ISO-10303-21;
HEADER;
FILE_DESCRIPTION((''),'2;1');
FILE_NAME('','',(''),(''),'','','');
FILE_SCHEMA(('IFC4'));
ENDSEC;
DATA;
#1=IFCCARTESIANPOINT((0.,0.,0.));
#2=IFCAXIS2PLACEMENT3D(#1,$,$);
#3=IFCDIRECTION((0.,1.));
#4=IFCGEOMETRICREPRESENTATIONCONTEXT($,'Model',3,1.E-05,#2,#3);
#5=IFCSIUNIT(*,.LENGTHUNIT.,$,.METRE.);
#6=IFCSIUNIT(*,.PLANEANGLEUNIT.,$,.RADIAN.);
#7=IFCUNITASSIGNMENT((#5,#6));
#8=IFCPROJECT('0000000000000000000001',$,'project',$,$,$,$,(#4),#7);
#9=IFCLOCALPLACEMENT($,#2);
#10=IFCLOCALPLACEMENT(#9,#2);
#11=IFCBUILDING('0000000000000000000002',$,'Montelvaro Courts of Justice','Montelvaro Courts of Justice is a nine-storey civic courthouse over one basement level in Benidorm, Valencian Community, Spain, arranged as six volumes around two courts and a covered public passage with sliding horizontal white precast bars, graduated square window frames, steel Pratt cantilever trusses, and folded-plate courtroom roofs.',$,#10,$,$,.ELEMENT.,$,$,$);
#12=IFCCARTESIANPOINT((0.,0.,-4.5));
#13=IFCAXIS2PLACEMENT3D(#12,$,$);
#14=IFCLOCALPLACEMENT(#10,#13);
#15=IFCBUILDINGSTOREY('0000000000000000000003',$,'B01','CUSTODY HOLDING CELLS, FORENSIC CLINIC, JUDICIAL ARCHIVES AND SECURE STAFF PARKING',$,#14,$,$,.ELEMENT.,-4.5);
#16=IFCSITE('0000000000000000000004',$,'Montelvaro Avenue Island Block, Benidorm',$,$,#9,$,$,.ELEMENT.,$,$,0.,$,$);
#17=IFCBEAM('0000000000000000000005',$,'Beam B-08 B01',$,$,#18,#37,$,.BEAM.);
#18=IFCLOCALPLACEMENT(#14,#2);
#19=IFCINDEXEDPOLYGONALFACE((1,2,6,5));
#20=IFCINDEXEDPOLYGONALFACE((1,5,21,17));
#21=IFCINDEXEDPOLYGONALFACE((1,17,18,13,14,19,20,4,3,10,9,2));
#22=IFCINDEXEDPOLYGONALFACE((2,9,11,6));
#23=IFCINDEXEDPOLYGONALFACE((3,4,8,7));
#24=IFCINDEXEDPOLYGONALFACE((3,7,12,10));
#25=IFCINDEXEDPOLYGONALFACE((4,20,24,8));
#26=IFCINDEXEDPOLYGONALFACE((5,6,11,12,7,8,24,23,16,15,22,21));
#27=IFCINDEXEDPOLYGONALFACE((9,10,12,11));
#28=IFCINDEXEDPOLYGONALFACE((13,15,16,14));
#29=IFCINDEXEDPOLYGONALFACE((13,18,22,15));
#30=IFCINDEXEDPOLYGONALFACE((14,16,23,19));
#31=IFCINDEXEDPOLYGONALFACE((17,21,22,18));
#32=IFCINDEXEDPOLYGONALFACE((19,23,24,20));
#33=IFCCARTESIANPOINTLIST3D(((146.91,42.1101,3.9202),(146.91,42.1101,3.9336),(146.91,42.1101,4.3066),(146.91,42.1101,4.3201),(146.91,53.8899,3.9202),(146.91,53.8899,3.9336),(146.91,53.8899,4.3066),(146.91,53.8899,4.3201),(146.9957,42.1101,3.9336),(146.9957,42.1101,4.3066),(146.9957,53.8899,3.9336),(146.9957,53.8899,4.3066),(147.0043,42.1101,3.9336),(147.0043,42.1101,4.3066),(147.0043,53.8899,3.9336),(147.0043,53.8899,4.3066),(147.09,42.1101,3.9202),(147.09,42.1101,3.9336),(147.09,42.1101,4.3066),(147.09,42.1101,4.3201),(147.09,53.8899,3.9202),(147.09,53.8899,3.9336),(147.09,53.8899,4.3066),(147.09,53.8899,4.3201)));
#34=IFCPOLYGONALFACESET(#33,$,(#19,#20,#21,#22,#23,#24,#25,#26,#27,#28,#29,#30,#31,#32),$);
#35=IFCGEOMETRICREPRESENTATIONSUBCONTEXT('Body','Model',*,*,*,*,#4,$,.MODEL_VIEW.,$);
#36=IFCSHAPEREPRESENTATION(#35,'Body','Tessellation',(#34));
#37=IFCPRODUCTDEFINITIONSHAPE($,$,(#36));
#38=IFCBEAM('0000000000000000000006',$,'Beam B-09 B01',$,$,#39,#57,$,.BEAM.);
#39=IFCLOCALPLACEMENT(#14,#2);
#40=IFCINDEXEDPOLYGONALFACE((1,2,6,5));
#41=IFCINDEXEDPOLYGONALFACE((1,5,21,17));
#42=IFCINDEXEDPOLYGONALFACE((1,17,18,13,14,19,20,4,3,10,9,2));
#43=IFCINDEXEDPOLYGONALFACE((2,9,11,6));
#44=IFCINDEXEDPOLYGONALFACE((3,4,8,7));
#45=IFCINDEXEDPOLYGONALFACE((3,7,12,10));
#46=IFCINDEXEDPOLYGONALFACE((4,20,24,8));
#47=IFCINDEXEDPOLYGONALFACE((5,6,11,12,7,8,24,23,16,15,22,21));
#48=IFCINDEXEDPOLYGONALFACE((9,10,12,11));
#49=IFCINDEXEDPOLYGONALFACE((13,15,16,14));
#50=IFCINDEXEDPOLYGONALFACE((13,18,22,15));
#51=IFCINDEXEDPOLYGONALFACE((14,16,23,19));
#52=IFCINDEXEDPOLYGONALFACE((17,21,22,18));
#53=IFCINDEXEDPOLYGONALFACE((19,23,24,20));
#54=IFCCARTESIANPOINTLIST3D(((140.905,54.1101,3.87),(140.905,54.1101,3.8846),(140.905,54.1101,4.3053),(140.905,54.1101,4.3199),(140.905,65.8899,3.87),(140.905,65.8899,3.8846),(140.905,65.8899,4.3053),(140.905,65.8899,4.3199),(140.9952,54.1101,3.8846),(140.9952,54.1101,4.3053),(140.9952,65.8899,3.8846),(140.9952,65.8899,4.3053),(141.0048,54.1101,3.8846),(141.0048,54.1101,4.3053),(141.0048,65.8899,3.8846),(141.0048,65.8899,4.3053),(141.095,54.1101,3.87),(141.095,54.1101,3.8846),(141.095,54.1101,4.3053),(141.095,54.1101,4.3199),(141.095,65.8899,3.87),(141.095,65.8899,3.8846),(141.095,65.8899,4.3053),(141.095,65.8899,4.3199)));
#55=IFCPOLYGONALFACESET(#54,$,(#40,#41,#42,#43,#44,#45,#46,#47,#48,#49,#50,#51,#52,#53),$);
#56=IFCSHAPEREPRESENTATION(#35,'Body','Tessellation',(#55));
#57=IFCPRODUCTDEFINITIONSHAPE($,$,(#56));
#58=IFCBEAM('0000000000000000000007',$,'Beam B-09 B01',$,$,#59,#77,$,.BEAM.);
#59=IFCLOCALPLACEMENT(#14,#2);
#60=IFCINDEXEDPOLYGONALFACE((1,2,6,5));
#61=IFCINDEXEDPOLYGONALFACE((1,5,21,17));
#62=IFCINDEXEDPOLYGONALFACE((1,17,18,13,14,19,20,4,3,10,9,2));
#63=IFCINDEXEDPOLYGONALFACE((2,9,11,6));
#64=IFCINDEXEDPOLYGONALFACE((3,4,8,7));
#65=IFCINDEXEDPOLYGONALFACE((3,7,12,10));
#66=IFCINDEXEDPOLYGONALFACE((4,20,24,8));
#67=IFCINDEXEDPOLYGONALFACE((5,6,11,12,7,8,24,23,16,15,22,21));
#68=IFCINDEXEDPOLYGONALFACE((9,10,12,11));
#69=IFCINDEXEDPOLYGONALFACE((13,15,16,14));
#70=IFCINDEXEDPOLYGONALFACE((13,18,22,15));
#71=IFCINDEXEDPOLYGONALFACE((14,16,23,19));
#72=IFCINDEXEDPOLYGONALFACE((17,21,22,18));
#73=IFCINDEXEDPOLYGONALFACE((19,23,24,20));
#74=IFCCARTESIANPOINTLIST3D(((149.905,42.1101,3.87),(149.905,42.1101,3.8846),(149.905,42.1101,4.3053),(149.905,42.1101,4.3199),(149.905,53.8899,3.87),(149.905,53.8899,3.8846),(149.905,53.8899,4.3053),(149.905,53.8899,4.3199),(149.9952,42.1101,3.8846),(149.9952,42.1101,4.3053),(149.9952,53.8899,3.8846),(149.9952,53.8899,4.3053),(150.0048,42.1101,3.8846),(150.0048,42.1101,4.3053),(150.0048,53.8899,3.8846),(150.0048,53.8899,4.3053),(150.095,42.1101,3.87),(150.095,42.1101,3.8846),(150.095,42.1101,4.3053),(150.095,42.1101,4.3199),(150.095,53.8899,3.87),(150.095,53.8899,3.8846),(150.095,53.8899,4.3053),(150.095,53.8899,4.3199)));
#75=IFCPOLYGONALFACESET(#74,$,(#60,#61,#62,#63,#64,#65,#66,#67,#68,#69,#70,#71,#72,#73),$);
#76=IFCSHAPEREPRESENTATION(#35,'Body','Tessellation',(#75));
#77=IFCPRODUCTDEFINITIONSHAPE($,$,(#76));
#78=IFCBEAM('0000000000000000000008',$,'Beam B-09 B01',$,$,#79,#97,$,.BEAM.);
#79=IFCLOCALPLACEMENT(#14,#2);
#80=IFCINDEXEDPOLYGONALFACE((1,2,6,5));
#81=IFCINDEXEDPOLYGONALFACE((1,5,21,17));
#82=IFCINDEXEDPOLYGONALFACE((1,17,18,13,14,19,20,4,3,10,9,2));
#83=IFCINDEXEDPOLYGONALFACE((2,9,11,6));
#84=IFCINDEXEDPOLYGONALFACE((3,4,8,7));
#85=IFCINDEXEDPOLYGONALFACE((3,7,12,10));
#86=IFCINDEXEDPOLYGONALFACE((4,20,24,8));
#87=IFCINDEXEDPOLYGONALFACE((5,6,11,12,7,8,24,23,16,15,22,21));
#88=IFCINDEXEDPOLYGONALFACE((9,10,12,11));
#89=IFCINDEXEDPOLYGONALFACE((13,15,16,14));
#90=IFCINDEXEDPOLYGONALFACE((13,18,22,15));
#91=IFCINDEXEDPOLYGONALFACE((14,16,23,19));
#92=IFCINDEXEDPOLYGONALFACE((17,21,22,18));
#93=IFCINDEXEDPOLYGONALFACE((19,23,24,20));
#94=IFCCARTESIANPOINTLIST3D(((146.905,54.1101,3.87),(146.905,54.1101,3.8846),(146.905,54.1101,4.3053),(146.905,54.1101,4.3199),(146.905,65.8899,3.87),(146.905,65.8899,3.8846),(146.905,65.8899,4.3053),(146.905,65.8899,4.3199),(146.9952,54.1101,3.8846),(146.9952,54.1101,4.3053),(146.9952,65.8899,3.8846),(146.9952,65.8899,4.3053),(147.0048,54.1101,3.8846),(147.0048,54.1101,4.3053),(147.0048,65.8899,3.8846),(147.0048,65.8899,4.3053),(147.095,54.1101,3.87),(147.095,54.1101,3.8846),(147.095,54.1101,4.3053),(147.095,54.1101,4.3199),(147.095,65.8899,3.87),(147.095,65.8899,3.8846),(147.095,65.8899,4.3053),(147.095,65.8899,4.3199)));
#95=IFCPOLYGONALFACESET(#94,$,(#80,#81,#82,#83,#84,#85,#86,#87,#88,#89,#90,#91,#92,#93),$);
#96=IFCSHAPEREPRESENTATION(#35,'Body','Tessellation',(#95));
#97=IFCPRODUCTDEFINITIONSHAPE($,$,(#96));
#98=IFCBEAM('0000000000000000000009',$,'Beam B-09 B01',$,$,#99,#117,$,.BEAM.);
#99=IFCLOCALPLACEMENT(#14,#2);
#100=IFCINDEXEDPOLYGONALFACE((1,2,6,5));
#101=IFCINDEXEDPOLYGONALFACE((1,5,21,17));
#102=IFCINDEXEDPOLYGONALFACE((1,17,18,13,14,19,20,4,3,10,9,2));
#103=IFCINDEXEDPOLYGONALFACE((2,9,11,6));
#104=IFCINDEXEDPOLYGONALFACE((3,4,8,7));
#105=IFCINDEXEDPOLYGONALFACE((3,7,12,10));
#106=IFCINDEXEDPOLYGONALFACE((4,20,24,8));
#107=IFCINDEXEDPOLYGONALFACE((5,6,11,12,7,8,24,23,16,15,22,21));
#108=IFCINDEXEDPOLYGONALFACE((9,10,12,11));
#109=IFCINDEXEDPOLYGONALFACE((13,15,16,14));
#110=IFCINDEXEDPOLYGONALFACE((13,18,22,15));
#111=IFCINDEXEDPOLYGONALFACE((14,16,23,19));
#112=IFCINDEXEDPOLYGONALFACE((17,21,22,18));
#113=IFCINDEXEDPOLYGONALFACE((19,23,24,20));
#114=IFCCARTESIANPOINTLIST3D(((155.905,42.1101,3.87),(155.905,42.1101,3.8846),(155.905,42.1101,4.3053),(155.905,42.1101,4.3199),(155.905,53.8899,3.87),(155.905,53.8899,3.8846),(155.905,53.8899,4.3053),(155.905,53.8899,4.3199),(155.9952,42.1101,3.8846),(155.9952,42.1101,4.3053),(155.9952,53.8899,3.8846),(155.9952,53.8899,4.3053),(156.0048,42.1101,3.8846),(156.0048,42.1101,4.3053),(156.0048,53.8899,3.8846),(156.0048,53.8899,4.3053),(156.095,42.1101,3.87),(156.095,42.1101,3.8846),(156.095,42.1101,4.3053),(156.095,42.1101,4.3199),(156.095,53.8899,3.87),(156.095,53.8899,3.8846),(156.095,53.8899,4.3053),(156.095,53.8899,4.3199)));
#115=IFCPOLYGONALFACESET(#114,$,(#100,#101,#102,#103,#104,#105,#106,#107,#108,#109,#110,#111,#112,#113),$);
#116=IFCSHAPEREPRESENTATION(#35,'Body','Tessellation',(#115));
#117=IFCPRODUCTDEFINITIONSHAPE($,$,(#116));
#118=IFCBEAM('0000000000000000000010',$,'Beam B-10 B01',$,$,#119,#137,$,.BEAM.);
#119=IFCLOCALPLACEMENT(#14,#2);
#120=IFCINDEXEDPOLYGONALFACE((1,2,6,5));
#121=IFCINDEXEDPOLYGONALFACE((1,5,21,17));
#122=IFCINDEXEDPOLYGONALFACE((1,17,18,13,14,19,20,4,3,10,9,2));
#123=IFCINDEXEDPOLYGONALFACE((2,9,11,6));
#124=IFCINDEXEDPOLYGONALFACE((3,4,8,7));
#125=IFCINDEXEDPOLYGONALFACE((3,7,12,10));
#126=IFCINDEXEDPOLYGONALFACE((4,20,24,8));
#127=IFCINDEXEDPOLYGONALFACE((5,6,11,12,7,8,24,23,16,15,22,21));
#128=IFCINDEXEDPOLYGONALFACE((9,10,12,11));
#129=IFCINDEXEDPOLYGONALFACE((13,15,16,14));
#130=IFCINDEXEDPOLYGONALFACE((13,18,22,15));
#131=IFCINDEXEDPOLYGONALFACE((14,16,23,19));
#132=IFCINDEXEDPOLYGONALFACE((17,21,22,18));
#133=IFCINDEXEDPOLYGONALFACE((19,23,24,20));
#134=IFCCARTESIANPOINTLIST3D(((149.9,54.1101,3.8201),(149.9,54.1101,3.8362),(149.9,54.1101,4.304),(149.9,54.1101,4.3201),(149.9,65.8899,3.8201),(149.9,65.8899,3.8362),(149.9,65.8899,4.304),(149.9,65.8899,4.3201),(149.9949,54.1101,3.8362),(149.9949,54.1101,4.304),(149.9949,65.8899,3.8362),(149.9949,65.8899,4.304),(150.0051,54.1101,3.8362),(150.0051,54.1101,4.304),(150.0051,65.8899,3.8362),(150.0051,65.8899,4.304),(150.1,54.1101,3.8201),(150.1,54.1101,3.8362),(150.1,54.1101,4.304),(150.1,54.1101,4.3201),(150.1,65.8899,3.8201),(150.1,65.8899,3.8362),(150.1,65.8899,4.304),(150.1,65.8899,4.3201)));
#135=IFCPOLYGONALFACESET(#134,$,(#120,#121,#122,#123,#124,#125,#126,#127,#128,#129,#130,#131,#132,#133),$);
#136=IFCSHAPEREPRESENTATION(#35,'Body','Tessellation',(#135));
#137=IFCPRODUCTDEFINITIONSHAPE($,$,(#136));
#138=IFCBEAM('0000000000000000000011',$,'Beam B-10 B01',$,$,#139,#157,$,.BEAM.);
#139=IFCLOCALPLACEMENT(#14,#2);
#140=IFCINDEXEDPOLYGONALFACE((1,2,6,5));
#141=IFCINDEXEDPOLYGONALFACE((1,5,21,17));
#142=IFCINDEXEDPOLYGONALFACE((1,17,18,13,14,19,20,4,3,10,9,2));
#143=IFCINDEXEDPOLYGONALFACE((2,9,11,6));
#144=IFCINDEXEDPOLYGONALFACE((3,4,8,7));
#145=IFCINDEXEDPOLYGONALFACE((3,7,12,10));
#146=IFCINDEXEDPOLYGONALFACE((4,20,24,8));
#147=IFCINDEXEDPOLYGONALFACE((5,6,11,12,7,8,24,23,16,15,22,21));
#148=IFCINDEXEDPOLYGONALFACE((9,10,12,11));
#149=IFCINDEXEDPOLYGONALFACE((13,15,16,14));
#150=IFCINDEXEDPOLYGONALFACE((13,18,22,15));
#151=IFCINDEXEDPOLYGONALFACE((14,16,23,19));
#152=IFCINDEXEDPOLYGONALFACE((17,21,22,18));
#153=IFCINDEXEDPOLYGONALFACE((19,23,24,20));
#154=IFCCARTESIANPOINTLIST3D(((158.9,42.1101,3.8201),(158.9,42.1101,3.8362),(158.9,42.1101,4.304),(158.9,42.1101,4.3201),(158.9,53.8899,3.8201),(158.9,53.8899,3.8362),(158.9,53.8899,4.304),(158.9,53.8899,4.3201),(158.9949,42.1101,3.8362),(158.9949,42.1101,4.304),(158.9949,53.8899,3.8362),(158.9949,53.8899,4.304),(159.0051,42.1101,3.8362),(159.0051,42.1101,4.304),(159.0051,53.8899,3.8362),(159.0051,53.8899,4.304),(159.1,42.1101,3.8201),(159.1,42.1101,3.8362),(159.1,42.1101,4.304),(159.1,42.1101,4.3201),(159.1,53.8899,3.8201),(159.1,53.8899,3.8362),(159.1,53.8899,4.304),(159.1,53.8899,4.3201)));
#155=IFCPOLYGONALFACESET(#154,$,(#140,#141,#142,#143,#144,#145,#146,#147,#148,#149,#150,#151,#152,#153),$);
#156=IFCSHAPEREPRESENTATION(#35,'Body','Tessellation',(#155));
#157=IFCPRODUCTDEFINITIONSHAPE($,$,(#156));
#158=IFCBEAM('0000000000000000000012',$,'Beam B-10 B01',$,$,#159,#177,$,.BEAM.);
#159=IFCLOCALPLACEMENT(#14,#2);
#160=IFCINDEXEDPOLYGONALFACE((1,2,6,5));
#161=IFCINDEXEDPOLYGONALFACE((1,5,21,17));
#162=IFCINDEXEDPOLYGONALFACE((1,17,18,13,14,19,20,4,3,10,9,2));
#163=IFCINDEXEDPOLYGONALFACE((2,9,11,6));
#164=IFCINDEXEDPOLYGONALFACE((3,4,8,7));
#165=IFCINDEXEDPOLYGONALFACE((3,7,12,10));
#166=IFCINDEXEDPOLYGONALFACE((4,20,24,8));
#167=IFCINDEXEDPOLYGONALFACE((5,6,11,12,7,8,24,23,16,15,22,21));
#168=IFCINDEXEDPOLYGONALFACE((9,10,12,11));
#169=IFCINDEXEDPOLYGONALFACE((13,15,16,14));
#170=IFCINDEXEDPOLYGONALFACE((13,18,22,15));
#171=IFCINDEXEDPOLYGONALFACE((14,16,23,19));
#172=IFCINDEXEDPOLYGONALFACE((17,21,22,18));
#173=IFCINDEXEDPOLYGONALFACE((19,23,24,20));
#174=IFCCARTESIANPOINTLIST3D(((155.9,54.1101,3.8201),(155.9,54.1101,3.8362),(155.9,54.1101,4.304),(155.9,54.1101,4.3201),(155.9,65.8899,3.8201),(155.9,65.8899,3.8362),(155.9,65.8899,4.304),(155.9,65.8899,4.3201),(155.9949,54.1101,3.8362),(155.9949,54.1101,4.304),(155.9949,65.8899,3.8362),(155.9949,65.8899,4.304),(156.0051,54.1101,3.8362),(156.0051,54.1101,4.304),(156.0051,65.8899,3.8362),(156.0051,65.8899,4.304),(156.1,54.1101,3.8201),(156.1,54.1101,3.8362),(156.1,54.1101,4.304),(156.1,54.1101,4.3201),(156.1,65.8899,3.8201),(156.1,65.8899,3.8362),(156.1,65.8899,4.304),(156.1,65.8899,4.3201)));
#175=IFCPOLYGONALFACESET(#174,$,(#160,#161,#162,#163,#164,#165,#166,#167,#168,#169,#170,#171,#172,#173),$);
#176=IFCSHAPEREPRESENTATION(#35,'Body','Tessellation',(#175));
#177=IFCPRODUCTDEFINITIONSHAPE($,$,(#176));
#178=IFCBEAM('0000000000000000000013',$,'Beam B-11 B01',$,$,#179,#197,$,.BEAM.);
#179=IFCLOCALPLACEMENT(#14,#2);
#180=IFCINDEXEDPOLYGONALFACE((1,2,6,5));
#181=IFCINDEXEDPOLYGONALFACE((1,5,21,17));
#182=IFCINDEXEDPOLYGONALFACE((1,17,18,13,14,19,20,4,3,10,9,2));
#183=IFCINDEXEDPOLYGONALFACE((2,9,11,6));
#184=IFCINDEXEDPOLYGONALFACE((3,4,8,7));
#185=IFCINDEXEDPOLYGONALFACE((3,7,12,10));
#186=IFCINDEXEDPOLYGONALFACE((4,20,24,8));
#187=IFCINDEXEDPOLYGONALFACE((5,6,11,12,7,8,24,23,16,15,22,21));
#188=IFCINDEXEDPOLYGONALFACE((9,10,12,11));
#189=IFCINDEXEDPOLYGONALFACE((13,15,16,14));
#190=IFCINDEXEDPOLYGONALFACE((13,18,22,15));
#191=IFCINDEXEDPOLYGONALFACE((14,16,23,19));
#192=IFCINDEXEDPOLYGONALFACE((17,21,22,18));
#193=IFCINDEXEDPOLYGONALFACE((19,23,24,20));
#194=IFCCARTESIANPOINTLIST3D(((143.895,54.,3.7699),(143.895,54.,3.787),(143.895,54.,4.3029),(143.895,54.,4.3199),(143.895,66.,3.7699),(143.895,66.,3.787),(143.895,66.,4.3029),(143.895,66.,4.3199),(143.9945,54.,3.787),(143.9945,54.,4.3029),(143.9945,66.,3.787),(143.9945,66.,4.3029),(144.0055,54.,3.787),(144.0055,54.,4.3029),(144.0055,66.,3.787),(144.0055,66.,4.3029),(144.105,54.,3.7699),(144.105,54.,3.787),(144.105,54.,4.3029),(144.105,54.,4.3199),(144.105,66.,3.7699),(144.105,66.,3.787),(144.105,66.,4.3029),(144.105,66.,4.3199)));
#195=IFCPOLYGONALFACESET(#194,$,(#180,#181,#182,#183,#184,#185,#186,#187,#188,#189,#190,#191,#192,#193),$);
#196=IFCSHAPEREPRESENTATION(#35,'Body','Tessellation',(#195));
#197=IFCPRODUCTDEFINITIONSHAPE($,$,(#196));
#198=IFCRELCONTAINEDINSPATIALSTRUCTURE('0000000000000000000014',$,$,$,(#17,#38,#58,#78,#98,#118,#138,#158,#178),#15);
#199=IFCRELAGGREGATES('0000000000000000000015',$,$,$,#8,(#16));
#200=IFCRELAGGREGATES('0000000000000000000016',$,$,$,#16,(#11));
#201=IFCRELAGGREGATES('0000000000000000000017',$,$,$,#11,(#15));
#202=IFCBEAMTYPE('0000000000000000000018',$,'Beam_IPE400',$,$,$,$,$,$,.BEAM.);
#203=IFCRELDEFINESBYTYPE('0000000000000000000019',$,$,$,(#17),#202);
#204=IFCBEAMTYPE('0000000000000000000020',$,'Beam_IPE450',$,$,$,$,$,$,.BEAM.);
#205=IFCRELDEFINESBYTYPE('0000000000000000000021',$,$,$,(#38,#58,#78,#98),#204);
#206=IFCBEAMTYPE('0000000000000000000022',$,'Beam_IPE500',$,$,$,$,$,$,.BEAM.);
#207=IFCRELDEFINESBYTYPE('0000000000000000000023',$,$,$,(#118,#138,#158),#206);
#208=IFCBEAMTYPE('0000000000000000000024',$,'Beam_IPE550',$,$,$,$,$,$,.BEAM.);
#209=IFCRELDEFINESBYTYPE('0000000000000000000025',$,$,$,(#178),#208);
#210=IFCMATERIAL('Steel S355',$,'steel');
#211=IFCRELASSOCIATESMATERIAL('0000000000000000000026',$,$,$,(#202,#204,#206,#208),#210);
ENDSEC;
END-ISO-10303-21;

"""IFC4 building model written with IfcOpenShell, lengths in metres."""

from ifc_helpers import new_model, si_unit, direction, frame, origin, origin_2d, place, context, subcontext, project, spatial, i_section, extrude, material, material_profile, profile_set, type_object, element, save


model = new_model("IFC4")

# Units and contexts
model_context = context("Model", 3, precision=1e-05, world=origin(), true_north=direction((0.0, 1.0)))
body_context = subcontext(model_context, "Body", "Model", "MODEL_VIEW")
ifc_project = project(units=[si_unit("LENGTHUNIT", "METRE"), si_unit("PLANEANGLEUNIT", "RADIAN")], contexts=[model_context])

# Site, building, storey
site_placement = place(None, origin())
site = spatial("IfcSite", under=ifc_project, at=site_placement, Name="Montelvaro Avenue Island Block, Benidorm", CompositionType="ELEMENT", RefElevation=0.0)
building_placement = place(site_placement, origin())
building = spatial("IfcBuilding", under=site, at=building_placement, Name="Montelvaro Courts of Justice", Description="Montelvaro Courts of Justice is a nine-storey civic courthouse over one basement level in Benidorm, Valencian Community, Spain, arranged as six volumes around two courts and a covered public passage with sliding horizontal white precast bars, graduated square window frames, steel Pratt cantilever trusses, and folded-plate courtroom roofs.", CompositionType="ELEMENT")
storey_placement = place(building_placement, frame((0.0, 0.0, -4.5)))
storey = spatial("IfcBuildingStorey", under=building, at=storey_placement, Name="B01", Description="CUSTODY HOLDING CELLS, FORENSIC CLINIC, JUDICIAL ARCHIVES AND SECURE STAFF PARKING", CompositionType="ELEMENT", Elevation=-4.5)

# Beams
ifc_material_1 = material(Name="Steel S355", Category="steel")
ifc_material_profile_1 = material_profile(ifc_material_1, i_section(OverallWidth=0.1799, OverallDepth=0.3999, WebThickness=0.0085, FlangeThickness=0.0134, at=origin_2d()), Name="IPE 400")
ifc_profile_set_1 = profile_set([ifc_material_profile_1], Name="Steel S355")
beam_type_1 = type_object("IfcBeamType", Name="Beam_IPE400", PredefinedType="BEAM", material=ifc_profile_set_1)
for number, where, z_axis, x_axis, name in (
    (1, (147.0, 42.1101, 4.1201), (0.0, 1.0, 0.0), (-1.0, 0.0, 0.0), "Beam B-08 B01"),
):
    element("IfcBeam", number, at=place(storey_placement, frame(where, z_axis=z_axis, x_axis=x_axis)), inside=storey, type_object=beam_type_1, Name=name, PredefinedType="BEAM", context=body_context, shape_type="SweptSolid", body=[
        extrude(i_section(OverallWidth=0.1799, OverallDepth=0.3999, WebThickness=0.0085, FlangeThickness=0.0134, at=origin_2d()), origin(), (0.0, 0.0, 1.0), 11.7798),
    ])
ifc_material_profile_2 = material_profile(ifc_material_1, i_section(OverallWidth=0.1899, OverallDepth=0.45, WebThickness=0.0095, FlangeThickness=0.0146, at=origin_2d()), Name="IPE 450")
ifc_profile_set_2 = profile_set([ifc_material_profile_2], Name="Steel S355")
beam_type_2 = type_object("IfcBeamType", Name="Beam_IPE450", PredefinedType="BEAM", material=ifc_profile_set_2)
for number, where, z_axis, x_axis, name in (
    (2, (141.0, 54.1101, 4.095), (0.0, 1.0, 0.0), (-1.0, 0.0, 0.0), "Beam B-09 B01"),
    (3, (150.0, 42.1101, 4.095), (0.0, 1.0, 0.0), (-1.0, 0.0, 0.0), "Beam B-09 B01"),
    (4, (147.0, 54.1101, 4.095), (0.0, 1.0, 0.0), (-1.0, 0.0, 0.0), "Beam B-09 B01"),
    (5, (156.0, 42.1101, 4.095), (0.0, 1.0, 0.0), (-1.0, 0.0, 0.0), "Beam B-09 B01"),
):
    element("IfcBeam", number, at=place(storey_placement, frame(where, z_axis=z_axis, x_axis=x_axis)), inside=storey, type_object=beam_type_2, Name=name, PredefinedType="BEAM", context=body_context, shape_type="SweptSolid", body=[
        extrude(i_section(OverallWidth=0.1899, OverallDepth=0.45, WebThickness=0.0095, FlangeThickness=0.0146, at=origin_2d()), origin(), (0.0, 0.0, 1.0), 11.7798),
    ])
ifc_material_profile_3 = material_profile(ifc_material_1, i_section(OverallWidth=0.2, OverallDepth=0.5, WebThickness=0.0103, FlangeThickness=0.0161, at=origin_2d()), Name="IPE 500")
ifc_profile_set_3 = profile_set([ifc_material_profile_3], Name="Steel S355")
beam_type_3 = type_object("IfcBeamType", Name="Beam_IPE500", PredefinedType="BEAM", material=ifc_profile_set_3)
for number, where, z_axis, x_axis, name in (
    (6, (150.0, 54.1101, 4.0701), (0.0, 1.0, 0.0), (-1.0, 0.0, 0.0), "Beam B-10 B01"),
    (7, (159.0, 42.1101, 4.0701), (0.0, 1.0, 0.0), (-1.0, 0.0, 0.0), "Beam B-10 B01"),
    (8, (156.0, 54.1101, 4.0701), (0.0, 1.0, 0.0), (-1.0, 0.0, 0.0), "Beam B-10 B01"),
):
    element("IfcBeam", number, at=place(storey_placement, frame(where, z_axis=z_axis, x_axis=x_axis)), inside=storey, type_object=beam_type_3, Name=name, PredefinedType="BEAM", context=body_context, shape_type="SweptSolid", body=[
        extrude(i_section(OverallWidth=0.2, OverallDepth=0.5, WebThickness=0.0103, FlangeThickness=0.0161, at=origin_2d()), origin(), (0.0, 0.0, 1.0), 11.7798),
    ])
ifc_material_profile_4 = material_profile(ifc_material_1, i_section(OverallWidth=0.21, OverallDepth=0.55, WebThickness=0.011, FlangeThickness=0.0171, at=origin_2d()), Name="IPE 550")
ifc_profile_set_4 = profile_set([ifc_material_profile_4], Name="Steel S355")
beam_type_4 = type_object("IfcBeamType", Name="Beam_IPE550", PredefinedType="BEAM", material=ifc_profile_set_4)
beam_placement = place(storey_placement, frame((144.0, 54.0, 4.0449), z_axis=(0.0, 1.0, 0.0), x_axis=(-1.0, 0.0, 0.0)))
element("IfcBeam", 9, at=beam_placement, inside=storey, type_object=beam_type_4, Name="Beam B-11 B01", PredefinedType="BEAM", context=body_context, shape_type="SweptSolid", body=[
    extrude(i_section(OverallWidth=0.21, OverallDepth=0.55, WebThickness=0.011, FlangeThickness=0.0171, at=origin_2d()), origin(), (0.0, 0.0, 1.0), 12.0),
])

save(model, "model.ifc")
